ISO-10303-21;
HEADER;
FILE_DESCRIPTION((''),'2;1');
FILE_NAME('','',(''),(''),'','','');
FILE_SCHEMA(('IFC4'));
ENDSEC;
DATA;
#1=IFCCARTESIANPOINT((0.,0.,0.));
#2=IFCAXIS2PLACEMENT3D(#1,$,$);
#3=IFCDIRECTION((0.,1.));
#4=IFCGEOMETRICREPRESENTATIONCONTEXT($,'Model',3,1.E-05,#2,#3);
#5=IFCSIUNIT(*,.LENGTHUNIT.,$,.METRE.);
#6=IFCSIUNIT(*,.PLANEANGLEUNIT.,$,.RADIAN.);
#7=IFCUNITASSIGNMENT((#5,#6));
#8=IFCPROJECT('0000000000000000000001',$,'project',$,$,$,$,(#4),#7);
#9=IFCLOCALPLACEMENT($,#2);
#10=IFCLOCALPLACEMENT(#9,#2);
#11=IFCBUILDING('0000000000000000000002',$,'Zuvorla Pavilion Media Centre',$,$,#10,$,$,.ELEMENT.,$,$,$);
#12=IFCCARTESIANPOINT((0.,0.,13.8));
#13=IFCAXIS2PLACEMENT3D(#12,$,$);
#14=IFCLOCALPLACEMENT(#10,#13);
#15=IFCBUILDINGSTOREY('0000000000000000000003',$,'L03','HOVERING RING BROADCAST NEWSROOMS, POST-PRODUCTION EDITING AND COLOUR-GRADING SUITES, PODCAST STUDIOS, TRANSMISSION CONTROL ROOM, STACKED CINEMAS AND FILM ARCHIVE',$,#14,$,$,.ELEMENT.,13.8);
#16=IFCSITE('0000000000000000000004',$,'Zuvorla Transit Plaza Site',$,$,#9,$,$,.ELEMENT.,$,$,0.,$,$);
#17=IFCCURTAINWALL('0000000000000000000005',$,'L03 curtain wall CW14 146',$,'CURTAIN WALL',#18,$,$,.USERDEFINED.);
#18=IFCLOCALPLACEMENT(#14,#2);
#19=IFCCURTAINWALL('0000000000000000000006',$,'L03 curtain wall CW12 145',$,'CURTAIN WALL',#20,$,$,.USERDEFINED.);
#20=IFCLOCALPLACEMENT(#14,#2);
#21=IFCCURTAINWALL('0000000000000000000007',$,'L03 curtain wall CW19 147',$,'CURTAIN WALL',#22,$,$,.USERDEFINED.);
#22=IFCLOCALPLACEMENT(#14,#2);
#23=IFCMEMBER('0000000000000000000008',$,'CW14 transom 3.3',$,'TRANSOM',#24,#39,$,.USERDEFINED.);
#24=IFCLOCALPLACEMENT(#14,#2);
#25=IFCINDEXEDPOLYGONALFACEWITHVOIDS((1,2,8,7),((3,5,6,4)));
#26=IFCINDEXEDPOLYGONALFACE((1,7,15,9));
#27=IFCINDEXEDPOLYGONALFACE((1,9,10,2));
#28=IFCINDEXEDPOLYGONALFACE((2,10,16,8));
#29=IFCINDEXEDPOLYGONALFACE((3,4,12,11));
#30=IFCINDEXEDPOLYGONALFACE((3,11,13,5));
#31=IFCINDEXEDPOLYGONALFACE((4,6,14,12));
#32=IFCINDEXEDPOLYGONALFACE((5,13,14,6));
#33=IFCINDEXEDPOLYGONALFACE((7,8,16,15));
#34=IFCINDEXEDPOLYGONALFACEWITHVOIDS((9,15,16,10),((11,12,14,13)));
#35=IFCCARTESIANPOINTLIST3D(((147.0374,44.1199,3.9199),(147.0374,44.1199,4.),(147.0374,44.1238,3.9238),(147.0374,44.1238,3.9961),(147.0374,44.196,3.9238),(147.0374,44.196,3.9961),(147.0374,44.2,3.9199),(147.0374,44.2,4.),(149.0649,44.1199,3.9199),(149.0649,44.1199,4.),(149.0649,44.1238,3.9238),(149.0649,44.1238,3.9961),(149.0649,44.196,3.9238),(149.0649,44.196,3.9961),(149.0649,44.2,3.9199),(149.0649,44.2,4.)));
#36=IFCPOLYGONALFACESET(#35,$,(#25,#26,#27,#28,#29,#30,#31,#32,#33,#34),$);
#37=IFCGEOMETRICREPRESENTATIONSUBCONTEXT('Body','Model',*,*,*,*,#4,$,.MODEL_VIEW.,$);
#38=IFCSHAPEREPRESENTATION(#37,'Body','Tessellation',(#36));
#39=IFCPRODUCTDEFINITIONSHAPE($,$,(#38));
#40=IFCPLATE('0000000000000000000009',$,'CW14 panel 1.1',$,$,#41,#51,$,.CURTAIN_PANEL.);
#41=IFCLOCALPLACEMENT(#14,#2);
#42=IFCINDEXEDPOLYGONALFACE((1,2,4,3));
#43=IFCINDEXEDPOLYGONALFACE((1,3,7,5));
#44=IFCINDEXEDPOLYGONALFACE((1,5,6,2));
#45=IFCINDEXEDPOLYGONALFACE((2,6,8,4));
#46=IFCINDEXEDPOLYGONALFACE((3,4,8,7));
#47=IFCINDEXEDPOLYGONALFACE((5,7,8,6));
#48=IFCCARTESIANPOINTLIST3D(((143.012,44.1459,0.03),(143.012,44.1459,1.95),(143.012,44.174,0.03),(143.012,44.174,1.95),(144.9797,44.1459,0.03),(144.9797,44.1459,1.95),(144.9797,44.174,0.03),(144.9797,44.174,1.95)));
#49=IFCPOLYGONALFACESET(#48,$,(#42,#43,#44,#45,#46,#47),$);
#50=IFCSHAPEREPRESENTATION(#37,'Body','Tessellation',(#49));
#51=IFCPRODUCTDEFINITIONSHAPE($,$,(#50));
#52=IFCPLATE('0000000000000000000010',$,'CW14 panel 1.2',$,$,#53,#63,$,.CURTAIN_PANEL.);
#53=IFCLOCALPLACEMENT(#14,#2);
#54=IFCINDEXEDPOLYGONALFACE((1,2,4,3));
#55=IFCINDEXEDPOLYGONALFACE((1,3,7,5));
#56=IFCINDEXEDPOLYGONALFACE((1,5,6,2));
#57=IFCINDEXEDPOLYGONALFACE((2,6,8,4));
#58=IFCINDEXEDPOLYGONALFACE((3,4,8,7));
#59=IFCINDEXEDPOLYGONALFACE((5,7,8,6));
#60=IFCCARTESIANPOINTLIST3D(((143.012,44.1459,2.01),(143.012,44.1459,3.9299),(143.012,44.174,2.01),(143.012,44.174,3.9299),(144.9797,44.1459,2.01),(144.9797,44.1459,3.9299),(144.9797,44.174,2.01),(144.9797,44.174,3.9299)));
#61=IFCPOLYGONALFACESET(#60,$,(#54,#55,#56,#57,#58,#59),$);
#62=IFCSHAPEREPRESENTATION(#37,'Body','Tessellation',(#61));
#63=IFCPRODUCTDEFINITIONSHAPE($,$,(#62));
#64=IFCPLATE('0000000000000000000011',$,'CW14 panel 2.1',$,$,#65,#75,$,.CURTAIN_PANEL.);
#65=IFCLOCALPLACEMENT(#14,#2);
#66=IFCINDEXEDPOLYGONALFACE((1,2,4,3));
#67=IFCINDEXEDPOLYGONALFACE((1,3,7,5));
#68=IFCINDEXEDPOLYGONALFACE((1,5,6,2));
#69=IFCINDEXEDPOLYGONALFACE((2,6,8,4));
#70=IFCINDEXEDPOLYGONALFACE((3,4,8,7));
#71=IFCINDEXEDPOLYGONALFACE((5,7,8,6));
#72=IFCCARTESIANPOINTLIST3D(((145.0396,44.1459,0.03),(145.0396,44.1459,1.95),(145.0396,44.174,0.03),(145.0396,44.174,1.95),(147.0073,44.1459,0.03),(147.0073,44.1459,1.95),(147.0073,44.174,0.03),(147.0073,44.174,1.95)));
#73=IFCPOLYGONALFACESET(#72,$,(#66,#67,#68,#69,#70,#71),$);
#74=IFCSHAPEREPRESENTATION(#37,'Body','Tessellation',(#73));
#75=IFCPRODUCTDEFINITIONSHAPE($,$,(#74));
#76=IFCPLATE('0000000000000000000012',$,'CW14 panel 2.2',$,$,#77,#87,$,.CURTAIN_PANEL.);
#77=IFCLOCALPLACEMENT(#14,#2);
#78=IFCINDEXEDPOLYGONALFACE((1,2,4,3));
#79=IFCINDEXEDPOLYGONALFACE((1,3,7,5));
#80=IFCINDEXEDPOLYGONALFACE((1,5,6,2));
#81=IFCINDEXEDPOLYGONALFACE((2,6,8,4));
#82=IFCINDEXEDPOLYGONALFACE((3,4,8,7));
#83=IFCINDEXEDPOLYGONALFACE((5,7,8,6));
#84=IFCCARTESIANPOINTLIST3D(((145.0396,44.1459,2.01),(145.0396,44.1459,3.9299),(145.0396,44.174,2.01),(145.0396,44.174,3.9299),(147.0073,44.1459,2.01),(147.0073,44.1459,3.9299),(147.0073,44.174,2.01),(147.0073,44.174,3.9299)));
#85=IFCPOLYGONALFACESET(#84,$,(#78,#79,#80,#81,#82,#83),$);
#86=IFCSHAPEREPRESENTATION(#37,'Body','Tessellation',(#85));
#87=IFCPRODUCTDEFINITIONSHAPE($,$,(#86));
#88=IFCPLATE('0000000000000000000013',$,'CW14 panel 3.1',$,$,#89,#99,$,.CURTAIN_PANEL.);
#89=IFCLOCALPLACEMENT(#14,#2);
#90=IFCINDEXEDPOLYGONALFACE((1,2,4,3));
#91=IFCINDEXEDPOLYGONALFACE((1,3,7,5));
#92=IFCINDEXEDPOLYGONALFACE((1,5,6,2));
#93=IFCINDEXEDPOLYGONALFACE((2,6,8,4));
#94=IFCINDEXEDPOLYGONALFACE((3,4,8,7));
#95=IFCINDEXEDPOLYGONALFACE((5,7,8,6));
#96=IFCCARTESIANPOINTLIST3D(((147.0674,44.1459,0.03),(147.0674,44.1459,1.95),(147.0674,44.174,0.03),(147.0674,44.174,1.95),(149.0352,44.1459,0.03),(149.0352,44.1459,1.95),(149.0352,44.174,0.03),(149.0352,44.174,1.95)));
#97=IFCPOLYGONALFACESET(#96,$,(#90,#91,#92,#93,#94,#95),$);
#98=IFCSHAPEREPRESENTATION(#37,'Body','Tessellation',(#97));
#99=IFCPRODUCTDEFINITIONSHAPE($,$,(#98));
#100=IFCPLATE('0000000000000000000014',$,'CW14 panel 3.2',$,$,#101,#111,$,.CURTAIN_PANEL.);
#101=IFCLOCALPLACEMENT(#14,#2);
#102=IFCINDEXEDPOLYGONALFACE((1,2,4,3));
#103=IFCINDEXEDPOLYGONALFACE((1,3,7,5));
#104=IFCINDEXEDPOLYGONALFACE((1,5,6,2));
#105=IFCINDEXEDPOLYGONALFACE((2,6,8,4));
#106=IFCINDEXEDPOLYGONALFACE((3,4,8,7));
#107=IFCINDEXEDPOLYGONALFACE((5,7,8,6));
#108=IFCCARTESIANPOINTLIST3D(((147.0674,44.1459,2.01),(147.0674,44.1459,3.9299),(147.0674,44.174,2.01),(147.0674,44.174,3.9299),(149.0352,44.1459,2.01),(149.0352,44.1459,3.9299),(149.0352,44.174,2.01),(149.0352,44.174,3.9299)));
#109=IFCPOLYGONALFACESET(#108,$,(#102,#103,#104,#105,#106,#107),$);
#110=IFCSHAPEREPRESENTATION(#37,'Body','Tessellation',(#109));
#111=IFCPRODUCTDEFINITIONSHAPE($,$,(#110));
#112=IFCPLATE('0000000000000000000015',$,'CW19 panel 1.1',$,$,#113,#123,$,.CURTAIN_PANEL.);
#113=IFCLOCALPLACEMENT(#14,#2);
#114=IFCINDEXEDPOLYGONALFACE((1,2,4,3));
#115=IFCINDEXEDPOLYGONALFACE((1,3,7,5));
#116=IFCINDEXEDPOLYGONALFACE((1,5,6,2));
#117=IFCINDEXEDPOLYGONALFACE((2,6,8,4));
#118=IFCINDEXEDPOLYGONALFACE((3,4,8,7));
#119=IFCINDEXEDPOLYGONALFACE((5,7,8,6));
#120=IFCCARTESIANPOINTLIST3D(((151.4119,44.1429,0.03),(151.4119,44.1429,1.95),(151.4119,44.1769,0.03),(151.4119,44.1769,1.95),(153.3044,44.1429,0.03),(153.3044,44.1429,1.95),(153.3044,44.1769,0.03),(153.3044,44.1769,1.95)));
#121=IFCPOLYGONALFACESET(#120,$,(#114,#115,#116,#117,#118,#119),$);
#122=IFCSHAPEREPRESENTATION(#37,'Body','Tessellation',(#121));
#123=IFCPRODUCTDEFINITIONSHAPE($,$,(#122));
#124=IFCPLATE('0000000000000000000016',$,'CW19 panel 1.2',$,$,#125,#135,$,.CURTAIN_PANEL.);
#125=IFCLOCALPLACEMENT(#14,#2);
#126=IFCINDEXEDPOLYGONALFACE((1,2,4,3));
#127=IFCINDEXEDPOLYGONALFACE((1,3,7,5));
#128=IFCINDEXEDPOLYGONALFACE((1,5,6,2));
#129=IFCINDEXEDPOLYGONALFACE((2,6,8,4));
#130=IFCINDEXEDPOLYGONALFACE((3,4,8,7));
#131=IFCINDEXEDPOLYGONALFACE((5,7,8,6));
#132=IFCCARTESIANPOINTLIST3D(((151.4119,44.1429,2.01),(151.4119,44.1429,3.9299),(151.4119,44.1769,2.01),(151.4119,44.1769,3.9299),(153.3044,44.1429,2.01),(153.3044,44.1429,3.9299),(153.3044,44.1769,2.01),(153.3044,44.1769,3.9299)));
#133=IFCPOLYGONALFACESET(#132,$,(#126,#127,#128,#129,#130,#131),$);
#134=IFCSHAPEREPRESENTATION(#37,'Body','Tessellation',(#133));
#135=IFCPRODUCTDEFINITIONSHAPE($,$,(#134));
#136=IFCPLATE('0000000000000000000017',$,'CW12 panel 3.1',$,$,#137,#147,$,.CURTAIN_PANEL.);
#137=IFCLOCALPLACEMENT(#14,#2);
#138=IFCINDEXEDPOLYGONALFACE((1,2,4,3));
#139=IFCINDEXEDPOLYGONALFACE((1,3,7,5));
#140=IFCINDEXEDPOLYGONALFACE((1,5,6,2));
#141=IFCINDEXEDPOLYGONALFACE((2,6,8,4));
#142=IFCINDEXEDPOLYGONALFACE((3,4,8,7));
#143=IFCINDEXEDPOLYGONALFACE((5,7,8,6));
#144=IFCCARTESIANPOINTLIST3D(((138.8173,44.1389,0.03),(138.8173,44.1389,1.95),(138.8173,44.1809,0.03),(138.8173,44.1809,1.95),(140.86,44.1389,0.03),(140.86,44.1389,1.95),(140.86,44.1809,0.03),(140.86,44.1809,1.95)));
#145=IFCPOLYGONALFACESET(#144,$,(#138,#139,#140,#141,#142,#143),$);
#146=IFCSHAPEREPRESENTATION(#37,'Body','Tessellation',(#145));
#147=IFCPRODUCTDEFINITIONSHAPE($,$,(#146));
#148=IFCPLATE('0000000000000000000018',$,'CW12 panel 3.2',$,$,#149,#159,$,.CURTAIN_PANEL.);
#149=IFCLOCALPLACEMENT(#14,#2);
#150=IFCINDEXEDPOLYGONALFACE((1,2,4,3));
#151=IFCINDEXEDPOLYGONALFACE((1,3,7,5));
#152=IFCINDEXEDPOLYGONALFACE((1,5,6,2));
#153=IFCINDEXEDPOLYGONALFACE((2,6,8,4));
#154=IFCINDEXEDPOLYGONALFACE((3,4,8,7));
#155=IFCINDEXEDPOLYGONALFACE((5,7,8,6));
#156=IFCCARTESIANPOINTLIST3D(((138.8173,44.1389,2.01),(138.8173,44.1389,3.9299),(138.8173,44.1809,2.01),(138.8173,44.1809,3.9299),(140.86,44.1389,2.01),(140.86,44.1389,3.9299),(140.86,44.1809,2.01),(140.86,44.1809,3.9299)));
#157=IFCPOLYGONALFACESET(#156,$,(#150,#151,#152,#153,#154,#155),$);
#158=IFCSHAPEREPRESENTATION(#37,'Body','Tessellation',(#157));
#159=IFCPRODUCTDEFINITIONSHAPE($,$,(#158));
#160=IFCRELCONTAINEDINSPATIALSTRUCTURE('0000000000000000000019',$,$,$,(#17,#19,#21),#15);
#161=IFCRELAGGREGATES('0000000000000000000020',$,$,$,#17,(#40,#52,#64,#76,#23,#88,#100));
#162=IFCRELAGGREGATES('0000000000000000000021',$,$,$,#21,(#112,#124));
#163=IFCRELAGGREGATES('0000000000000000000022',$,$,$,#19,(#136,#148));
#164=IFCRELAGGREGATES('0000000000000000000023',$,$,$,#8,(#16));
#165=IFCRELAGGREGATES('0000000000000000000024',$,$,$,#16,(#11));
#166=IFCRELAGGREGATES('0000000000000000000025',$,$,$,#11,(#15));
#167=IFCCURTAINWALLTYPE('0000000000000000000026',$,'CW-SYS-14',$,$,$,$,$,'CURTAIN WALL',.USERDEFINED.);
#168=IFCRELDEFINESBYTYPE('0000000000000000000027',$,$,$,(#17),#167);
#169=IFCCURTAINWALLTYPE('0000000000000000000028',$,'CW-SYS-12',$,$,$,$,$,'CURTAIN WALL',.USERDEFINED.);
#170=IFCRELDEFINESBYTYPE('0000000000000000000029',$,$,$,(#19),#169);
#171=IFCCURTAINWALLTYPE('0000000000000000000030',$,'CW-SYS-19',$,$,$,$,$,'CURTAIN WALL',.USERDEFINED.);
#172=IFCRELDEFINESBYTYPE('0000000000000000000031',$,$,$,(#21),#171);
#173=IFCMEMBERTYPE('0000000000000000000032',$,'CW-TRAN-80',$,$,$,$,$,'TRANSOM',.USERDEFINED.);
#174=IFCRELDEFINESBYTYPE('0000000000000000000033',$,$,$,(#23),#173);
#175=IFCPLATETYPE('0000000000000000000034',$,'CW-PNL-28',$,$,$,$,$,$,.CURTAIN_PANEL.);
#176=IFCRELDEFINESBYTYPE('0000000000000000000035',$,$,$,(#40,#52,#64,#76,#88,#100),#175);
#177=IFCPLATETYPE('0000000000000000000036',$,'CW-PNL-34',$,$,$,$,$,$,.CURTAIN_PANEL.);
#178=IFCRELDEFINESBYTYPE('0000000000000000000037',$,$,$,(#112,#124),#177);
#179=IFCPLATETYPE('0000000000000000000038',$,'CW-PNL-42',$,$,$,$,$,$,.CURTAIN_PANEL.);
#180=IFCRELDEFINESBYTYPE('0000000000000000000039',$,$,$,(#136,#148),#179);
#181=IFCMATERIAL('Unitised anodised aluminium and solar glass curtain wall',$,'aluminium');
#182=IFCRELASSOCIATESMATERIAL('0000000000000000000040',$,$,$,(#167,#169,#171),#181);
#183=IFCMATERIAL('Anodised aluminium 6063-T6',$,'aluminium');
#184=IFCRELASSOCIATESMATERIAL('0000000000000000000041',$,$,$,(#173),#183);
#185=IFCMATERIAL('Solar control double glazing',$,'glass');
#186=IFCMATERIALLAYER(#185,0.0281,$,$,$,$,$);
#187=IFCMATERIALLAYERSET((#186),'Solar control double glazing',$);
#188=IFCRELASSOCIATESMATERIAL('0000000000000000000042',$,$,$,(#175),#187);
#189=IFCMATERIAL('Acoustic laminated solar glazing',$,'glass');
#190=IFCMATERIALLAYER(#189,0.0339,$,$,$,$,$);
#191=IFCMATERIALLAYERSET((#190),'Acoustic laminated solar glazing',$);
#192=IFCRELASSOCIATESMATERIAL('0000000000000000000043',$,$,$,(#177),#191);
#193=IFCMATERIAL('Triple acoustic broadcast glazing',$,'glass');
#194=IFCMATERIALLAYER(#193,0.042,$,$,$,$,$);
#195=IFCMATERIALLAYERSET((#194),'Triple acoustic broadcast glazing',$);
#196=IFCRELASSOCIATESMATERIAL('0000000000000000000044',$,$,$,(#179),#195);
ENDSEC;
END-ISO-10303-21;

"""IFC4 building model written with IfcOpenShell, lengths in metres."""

from ifc_helpers import new_model, si_unit, direction, frame, origin, origin_2d, place, context, subcontext, project, spatial, rectangle, hollow_rectangle, extrude, material, layer, layer_set, material_profile, profile_set, type_object, element, aggregate, save


model = new_model("IFC4")

# Units and contexts
model_context = context("Model", 3, precision=1e-05, world=origin(), true_north=direction((0.0, 1.0)))
body_context = subcontext(model_context, "Body", "Model", "MODEL_VIEW")
ifc_project = project(units=[si_unit("LENGTHUNIT", "METRE"), si_unit("PLANEANGLEUNIT", "RADIAN")], contexts=[model_context])

# Site, building, storey
site_placement = place(None, origin())
site = spatial("IfcSite", under=ifc_project, at=site_placement, Name="Zuvorla Transit Plaza Site", CompositionType="ELEMENT", RefElevation=0.0)
building_placement = place(site_placement, origin())
building = spatial("IfcBuilding", under=site, at=building_placement, Name="Zuvorla Pavilion Media Centre", CompositionType="ELEMENT")
storey_placement = place(building_placement, frame((0.0, 0.0, 13.8)))
storey = spatial("IfcBuildingStorey", under=building, at=storey_placement, Name="L03", Description="HOVERING RING BROADCAST NEWSROOMS, POST-PRODUCTION EDITING AND COLOUR-GRADING SUITES, PODCAST STUDIOS, TRANSMISSION CONTROL ROOM, STACKED CINEMAS AND FILM ARCHIVE", CompositionType="ELEMENT", Elevation=13.8)

# Curtain wall
ifc_material_1 = material(Name="Unitised anodised aluminium and solar glass curtain wall", Category="aluminium")
curtain_wall_type_1 = type_object("IfcCurtainWallType", Name="CW-SYS-14", ElementType="CURTAIN WALL", PredefinedType="USERDEFINED", material=ifc_material_1)
curtain_wall_1_placement = place(storey_placement, origin())
curtain_wall_1 = element("IfcCurtainWall", 1, at=curtain_wall_1_placement, inside=storey, type_object=curtain_wall_type_1, Name="L03 curtain wall CW14 146", ObjectType="CURTAIN WALL", PredefinedType="USERDEFINED")
ifc_material_2 = material(Name="Anodised aluminium 6063-T6", Category="aluminium")

# Curtain wall
curtain_wall_type_2 = type_object("IfcCurtainWallType", Name="CW-SYS-12", ElementType="CURTAIN WALL", PredefinedType="USERDEFINED", material=ifc_material_1)
curtain_wall_2_placement = place(storey_placement, origin())
curtain_wall_2 = element("IfcCurtainWall", 2, at=curtain_wall_2_placement, inside=storey, type_object=curtain_wall_type_2, Name="L03 curtain wall CW12 145", ObjectType="CURTAIN WALL", PredefinedType="USERDEFINED")

# Curtain wall
curtain_wall_type_3 = type_object("IfcCurtainWallType", Name="CW-SYS-19", ElementType="CURTAIN WALL", PredefinedType="USERDEFINED", material=ifc_material_1)
curtain_wall_3_placement = place(storey_placement, origin())
curtain_wall_3 = element("IfcCurtainWall", 3, at=curtain_wall_3_placement, inside=storey, type_object=curtain_wall_type_3, Name="L03 curtain wall CW19 147", ObjectType="CURTAIN WALL", PredefinedType="USERDEFINED")

# Member
ifc_material_profile_1 = material_profile(ifc_material_2, hollow_rectangle(XDim=0.0801, YDim=0.0801, WallThickness=0.0039, at=origin_2d()), Name="ALU TRAN 80x80")
ifc_profile_set_1 = profile_set([ifc_material_profile_1], Name="Anodised aluminium 6063-T6")
member_type_1 = type_object("IfcMemberType", Name="CW-TRAN-80", ElementType="TRANSOM", PredefinedType="USERDEFINED", material=ifc_profile_set_1)
member_1_placement = place(storey_placement, frame((147.0374, 44.1599, 3.96), z_axis=(1.0, 0.0, 0.0), x_axis=(0.0, 1.0, 0.0)))
member_1 = element("IfcMember", 4, at=member_1_placement, type_object=member_type_1, Name="CW14 transom 3.3", ObjectType="TRANSOM", PredefinedType="USERDEFINED", context=body_context, shape_type="SweptSolid", body=[
    extrude(hollow_rectangle(XDim=0.0801, YDim=0.0801, WallThickness=0.0039, at=origin_2d()), origin(), (0.0, 0.0, 1.0), 2.0276),
])

# Plates
ifc_material_3 = material(Name="Solar control double glazing", Category="glass")
ifc_layer_1 = layer(ifc_material_3, 0.0281)
ifc_layer_set_1 = layer_set([ifc_layer_1], Name="Solar control double glazing")
plate_type_1 = type_object("IfcPlateType", Name="CW-PNL-28", PredefinedType="CURTAIN_PANEL", material=ifc_layer_set_1)
plate_1_placement = place(storey_placement, frame((143.9958, 44.1599, 0.03), z_axis=(0.0, 0.0, 1.0), x_axis=(1.0, 0.0, 0.0)))
plate_1 = element("IfcPlate", 5, at=plate_1_placement, type_object=plate_type_1, Name="CW14 panel 1.1", PredefinedType="CURTAIN_PANEL", context=body_context, shape_type="SweptSolid", body=[
    extrude(rectangle(XDim=1.9678, YDim=0.0281, at=origin_2d()), origin(), (0.0, 0.0, 1.0), 1.9199),
])
plate_2_placement = place(storey_placement, frame((143.9958, 44.1599, 2.01), z_axis=(0.0, 0.0, 1.0), x_axis=(1.0, 0.0, 0.0)))
plate_2 = element("IfcPlate", 6, at=plate_2_placement, type_object=plate_type_1, Name="CW14 panel 1.2", PredefinedType="CURTAIN_PANEL", context=body_context, shape_type="SweptSolid", body=[
    extrude(rectangle(XDim=1.9678, YDim=0.0281, at=origin_2d()), origin(), (0.0, 0.0, 1.0), 1.9199),
])
plate_3_placement = place(storey_placement, frame((146.0234, 44.1599, 0.03), z_axis=(0.0, 0.0, 1.0), x_axis=(1.0, 0.0, 0.0)))
plate_3 = element("IfcPlate", 7, at=plate_3_placement, type_object=plate_type_1, Name="CW14 panel 2.1", PredefinedType="CURTAIN_PANEL", context=body_context, shape_type="SweptSolid", body=[
    extrude(rectangle(XDim=1.9678, YDim=0.0281, at=origin_2d()), origin(), (0.0, 0.0, 1.0), 1.9199),
])
plate_4_placement = place(storey_placement, frame((146.0234, 44.1599, 2.01), z_axis=(0.0, 0.0, 1.0), x_axis=(1.0, 0.0, 0.0)))
plate_4 = element("IfcPlate", 8, at=plate_4_placement, type_object=plate_type_1, Name="CW14 panel 2.2", PredefinedType="CURTAIN_PANEL", context=body_context, shape_type="SweptSolid", body=[
    extrude(rectangle(XDim=1.9678, YDim=0.0281, at=origin_2d()), origin(), (0.0, 0.0, 1.0), 1.9199),
])
plate_5_placement = place(storey_placement, frame((148.0513, 44.1599, 0.03), z_axis=(0.0, 0.0, 1.0), x_axis=(1.0, 0.0, 0.0)))
plate_5 = element("IfcPlate", 9, at=plate_5_placement, type_object=plate_type_1, Name="CW14 panel 3.1", PredefinedType="CURTAIN_PANEL", context=body_context, shape_type="SweptSolid", body=[
    extrude(rectangle(XDim=1.9678, YDim=0.0281, at=origin_2d()), origin(), (0.0, 0.0, 1.0), 1.9199),
])
plate_6_placement = place(storey_placement, frame((148.0513, 44.1599, 2.01), z_axis=(0.0, 0.0, 1.0), x_axis=(1.0, 0.0, 0.0)))
plate_6 = element("IfcPlate", 10, at=plate_6_placement, type_object=plate_type_1, Name="CW14 panel 3.2", PredefinedType="CURTAIN_PANEL", context=body_context, shape_type="SweptSolid", body=[
    extrude(rectangle(XDim=1.9678, YDim=0.0281, at=origin_2d()), origin(), (0.0, 0.0, 1.0), 1.9199),
])
aggregate(curtain_wall_1, [plate_1, plate_2, plate_3, plate_4, member_1, plate_5, plate_6])
ifc_material_4 = material(Name="Acoustic laminated solar glazing", Category="glass")
ifc_layer_2 = layer(ifc_material_4, 0.0339)
ifc_layer_set_2 = layer_set([ifc_layer_2], Name="Acoustic laminated solar glazing")
plate_type_2 = type_object("IfcPlateType", Name="CW-PNL-34", PredefinedType="CURTAIN_PANEL", material=ifc_layer_set_2)
plate_7_placement = place(storey_placement, frame((152.3582, 44.1599, 0.03), z_axis=(0.0, 0.0, 1.0), x_axis=(1.0, 0.0, 0.0)))
plate_7 = element("IfcPlate", 11, at=plate_7_placement, type_object=plate_type_2, Name="CW19 panel 1.1", PredefinedType="CURTAIN_PANEL", context=body_context, shape_type="SweptSolid", body=[
    extrude(rectangle(XDim=1.8926, YDim=0.0339, at=origin_2d()), origin(), (0.0, 0.0, 1.0), 1.9199),
])
plate_8_placement = place(storey_placement, frame((152.3582, 44.1599, 2.01), z_axis=(0.0, 0.0, 1.0), x_axis=(1.0, 0.0, 0.0)))
plate_8 = element("IfcPlate", 12, at=plate_8_placement, type_object=plate_type_2, Name="CW19 panel 1.2", PredefinedType="CURTAIN_PANEL", context=body_context, shape_type="SweptSolid", body=[
    extrude(rectangle(XDim=1.8926, YDim=0.0339, at=origin_2d()), origin(), (0.0, 0.0, 1.0), 1.9199),
])
aggregate(curtain_wall_3, [plate_7, plate_8])
ifc_material_5 = material(Name="Triple acoustic broadcast glazing", Category="glass")
ifc_layer_3 = layer(ifc_material_5, 0.042)
ifc_layer_set_3 = layer_set([ifc_layer_3], Name="Triple acoustic broadcast glazing")
plate_type_3 = type_object("IfcPlateType", Name="CW-PNL-42", PredefinedType="CURTAIN_PANEL", material=ifc_layer_set_3)
plate_9_placement = place(storey_placement, frame((139.8386, 44.1599, 0.03), z_axis=(0.0, 0.0, 1.0), x_axis=(1.0, 0.0, 0.0)))
plate_9 = element("IfcPlate", 13, at=plate_9_placement, type_object=plate_type_3, Name="CW12 panel 3.1", PredefinedType="CURTAIN_PANEL", context=body_context, shape_type="SweptSolid", body=[
    extrude(rectangle(XDim=2.0427, YDim=0.042, at=origin_2d()), origin(), (0.0, 0.0, 1.0), 1.9199),
])
plate_10_placement = place(storey_placement, frame((139.8386, 44.1599, 2.01), z_axis=(0.0, 0.0, 1.0), x_axis=(1.0, 0.0, 0.0)))
plate_10 = element("IfcPlate", 14, at=plate_10_placement, type_object=plate_type_3, Name="CW12 panel 3.2", PredefinedType="CURTAIN_PANEL", context=body_context, shape_type="SweptSolid", body=[
    extrude(rectangle(XDim=2.0427, YDim=0.042, at=origin_2d()), origin(), (0.0, 0.0, 1.0), 1.9199),
])
aggregate(curtain_wall_2, [plate_9, plate_10])

save(model, "model.ifc")
